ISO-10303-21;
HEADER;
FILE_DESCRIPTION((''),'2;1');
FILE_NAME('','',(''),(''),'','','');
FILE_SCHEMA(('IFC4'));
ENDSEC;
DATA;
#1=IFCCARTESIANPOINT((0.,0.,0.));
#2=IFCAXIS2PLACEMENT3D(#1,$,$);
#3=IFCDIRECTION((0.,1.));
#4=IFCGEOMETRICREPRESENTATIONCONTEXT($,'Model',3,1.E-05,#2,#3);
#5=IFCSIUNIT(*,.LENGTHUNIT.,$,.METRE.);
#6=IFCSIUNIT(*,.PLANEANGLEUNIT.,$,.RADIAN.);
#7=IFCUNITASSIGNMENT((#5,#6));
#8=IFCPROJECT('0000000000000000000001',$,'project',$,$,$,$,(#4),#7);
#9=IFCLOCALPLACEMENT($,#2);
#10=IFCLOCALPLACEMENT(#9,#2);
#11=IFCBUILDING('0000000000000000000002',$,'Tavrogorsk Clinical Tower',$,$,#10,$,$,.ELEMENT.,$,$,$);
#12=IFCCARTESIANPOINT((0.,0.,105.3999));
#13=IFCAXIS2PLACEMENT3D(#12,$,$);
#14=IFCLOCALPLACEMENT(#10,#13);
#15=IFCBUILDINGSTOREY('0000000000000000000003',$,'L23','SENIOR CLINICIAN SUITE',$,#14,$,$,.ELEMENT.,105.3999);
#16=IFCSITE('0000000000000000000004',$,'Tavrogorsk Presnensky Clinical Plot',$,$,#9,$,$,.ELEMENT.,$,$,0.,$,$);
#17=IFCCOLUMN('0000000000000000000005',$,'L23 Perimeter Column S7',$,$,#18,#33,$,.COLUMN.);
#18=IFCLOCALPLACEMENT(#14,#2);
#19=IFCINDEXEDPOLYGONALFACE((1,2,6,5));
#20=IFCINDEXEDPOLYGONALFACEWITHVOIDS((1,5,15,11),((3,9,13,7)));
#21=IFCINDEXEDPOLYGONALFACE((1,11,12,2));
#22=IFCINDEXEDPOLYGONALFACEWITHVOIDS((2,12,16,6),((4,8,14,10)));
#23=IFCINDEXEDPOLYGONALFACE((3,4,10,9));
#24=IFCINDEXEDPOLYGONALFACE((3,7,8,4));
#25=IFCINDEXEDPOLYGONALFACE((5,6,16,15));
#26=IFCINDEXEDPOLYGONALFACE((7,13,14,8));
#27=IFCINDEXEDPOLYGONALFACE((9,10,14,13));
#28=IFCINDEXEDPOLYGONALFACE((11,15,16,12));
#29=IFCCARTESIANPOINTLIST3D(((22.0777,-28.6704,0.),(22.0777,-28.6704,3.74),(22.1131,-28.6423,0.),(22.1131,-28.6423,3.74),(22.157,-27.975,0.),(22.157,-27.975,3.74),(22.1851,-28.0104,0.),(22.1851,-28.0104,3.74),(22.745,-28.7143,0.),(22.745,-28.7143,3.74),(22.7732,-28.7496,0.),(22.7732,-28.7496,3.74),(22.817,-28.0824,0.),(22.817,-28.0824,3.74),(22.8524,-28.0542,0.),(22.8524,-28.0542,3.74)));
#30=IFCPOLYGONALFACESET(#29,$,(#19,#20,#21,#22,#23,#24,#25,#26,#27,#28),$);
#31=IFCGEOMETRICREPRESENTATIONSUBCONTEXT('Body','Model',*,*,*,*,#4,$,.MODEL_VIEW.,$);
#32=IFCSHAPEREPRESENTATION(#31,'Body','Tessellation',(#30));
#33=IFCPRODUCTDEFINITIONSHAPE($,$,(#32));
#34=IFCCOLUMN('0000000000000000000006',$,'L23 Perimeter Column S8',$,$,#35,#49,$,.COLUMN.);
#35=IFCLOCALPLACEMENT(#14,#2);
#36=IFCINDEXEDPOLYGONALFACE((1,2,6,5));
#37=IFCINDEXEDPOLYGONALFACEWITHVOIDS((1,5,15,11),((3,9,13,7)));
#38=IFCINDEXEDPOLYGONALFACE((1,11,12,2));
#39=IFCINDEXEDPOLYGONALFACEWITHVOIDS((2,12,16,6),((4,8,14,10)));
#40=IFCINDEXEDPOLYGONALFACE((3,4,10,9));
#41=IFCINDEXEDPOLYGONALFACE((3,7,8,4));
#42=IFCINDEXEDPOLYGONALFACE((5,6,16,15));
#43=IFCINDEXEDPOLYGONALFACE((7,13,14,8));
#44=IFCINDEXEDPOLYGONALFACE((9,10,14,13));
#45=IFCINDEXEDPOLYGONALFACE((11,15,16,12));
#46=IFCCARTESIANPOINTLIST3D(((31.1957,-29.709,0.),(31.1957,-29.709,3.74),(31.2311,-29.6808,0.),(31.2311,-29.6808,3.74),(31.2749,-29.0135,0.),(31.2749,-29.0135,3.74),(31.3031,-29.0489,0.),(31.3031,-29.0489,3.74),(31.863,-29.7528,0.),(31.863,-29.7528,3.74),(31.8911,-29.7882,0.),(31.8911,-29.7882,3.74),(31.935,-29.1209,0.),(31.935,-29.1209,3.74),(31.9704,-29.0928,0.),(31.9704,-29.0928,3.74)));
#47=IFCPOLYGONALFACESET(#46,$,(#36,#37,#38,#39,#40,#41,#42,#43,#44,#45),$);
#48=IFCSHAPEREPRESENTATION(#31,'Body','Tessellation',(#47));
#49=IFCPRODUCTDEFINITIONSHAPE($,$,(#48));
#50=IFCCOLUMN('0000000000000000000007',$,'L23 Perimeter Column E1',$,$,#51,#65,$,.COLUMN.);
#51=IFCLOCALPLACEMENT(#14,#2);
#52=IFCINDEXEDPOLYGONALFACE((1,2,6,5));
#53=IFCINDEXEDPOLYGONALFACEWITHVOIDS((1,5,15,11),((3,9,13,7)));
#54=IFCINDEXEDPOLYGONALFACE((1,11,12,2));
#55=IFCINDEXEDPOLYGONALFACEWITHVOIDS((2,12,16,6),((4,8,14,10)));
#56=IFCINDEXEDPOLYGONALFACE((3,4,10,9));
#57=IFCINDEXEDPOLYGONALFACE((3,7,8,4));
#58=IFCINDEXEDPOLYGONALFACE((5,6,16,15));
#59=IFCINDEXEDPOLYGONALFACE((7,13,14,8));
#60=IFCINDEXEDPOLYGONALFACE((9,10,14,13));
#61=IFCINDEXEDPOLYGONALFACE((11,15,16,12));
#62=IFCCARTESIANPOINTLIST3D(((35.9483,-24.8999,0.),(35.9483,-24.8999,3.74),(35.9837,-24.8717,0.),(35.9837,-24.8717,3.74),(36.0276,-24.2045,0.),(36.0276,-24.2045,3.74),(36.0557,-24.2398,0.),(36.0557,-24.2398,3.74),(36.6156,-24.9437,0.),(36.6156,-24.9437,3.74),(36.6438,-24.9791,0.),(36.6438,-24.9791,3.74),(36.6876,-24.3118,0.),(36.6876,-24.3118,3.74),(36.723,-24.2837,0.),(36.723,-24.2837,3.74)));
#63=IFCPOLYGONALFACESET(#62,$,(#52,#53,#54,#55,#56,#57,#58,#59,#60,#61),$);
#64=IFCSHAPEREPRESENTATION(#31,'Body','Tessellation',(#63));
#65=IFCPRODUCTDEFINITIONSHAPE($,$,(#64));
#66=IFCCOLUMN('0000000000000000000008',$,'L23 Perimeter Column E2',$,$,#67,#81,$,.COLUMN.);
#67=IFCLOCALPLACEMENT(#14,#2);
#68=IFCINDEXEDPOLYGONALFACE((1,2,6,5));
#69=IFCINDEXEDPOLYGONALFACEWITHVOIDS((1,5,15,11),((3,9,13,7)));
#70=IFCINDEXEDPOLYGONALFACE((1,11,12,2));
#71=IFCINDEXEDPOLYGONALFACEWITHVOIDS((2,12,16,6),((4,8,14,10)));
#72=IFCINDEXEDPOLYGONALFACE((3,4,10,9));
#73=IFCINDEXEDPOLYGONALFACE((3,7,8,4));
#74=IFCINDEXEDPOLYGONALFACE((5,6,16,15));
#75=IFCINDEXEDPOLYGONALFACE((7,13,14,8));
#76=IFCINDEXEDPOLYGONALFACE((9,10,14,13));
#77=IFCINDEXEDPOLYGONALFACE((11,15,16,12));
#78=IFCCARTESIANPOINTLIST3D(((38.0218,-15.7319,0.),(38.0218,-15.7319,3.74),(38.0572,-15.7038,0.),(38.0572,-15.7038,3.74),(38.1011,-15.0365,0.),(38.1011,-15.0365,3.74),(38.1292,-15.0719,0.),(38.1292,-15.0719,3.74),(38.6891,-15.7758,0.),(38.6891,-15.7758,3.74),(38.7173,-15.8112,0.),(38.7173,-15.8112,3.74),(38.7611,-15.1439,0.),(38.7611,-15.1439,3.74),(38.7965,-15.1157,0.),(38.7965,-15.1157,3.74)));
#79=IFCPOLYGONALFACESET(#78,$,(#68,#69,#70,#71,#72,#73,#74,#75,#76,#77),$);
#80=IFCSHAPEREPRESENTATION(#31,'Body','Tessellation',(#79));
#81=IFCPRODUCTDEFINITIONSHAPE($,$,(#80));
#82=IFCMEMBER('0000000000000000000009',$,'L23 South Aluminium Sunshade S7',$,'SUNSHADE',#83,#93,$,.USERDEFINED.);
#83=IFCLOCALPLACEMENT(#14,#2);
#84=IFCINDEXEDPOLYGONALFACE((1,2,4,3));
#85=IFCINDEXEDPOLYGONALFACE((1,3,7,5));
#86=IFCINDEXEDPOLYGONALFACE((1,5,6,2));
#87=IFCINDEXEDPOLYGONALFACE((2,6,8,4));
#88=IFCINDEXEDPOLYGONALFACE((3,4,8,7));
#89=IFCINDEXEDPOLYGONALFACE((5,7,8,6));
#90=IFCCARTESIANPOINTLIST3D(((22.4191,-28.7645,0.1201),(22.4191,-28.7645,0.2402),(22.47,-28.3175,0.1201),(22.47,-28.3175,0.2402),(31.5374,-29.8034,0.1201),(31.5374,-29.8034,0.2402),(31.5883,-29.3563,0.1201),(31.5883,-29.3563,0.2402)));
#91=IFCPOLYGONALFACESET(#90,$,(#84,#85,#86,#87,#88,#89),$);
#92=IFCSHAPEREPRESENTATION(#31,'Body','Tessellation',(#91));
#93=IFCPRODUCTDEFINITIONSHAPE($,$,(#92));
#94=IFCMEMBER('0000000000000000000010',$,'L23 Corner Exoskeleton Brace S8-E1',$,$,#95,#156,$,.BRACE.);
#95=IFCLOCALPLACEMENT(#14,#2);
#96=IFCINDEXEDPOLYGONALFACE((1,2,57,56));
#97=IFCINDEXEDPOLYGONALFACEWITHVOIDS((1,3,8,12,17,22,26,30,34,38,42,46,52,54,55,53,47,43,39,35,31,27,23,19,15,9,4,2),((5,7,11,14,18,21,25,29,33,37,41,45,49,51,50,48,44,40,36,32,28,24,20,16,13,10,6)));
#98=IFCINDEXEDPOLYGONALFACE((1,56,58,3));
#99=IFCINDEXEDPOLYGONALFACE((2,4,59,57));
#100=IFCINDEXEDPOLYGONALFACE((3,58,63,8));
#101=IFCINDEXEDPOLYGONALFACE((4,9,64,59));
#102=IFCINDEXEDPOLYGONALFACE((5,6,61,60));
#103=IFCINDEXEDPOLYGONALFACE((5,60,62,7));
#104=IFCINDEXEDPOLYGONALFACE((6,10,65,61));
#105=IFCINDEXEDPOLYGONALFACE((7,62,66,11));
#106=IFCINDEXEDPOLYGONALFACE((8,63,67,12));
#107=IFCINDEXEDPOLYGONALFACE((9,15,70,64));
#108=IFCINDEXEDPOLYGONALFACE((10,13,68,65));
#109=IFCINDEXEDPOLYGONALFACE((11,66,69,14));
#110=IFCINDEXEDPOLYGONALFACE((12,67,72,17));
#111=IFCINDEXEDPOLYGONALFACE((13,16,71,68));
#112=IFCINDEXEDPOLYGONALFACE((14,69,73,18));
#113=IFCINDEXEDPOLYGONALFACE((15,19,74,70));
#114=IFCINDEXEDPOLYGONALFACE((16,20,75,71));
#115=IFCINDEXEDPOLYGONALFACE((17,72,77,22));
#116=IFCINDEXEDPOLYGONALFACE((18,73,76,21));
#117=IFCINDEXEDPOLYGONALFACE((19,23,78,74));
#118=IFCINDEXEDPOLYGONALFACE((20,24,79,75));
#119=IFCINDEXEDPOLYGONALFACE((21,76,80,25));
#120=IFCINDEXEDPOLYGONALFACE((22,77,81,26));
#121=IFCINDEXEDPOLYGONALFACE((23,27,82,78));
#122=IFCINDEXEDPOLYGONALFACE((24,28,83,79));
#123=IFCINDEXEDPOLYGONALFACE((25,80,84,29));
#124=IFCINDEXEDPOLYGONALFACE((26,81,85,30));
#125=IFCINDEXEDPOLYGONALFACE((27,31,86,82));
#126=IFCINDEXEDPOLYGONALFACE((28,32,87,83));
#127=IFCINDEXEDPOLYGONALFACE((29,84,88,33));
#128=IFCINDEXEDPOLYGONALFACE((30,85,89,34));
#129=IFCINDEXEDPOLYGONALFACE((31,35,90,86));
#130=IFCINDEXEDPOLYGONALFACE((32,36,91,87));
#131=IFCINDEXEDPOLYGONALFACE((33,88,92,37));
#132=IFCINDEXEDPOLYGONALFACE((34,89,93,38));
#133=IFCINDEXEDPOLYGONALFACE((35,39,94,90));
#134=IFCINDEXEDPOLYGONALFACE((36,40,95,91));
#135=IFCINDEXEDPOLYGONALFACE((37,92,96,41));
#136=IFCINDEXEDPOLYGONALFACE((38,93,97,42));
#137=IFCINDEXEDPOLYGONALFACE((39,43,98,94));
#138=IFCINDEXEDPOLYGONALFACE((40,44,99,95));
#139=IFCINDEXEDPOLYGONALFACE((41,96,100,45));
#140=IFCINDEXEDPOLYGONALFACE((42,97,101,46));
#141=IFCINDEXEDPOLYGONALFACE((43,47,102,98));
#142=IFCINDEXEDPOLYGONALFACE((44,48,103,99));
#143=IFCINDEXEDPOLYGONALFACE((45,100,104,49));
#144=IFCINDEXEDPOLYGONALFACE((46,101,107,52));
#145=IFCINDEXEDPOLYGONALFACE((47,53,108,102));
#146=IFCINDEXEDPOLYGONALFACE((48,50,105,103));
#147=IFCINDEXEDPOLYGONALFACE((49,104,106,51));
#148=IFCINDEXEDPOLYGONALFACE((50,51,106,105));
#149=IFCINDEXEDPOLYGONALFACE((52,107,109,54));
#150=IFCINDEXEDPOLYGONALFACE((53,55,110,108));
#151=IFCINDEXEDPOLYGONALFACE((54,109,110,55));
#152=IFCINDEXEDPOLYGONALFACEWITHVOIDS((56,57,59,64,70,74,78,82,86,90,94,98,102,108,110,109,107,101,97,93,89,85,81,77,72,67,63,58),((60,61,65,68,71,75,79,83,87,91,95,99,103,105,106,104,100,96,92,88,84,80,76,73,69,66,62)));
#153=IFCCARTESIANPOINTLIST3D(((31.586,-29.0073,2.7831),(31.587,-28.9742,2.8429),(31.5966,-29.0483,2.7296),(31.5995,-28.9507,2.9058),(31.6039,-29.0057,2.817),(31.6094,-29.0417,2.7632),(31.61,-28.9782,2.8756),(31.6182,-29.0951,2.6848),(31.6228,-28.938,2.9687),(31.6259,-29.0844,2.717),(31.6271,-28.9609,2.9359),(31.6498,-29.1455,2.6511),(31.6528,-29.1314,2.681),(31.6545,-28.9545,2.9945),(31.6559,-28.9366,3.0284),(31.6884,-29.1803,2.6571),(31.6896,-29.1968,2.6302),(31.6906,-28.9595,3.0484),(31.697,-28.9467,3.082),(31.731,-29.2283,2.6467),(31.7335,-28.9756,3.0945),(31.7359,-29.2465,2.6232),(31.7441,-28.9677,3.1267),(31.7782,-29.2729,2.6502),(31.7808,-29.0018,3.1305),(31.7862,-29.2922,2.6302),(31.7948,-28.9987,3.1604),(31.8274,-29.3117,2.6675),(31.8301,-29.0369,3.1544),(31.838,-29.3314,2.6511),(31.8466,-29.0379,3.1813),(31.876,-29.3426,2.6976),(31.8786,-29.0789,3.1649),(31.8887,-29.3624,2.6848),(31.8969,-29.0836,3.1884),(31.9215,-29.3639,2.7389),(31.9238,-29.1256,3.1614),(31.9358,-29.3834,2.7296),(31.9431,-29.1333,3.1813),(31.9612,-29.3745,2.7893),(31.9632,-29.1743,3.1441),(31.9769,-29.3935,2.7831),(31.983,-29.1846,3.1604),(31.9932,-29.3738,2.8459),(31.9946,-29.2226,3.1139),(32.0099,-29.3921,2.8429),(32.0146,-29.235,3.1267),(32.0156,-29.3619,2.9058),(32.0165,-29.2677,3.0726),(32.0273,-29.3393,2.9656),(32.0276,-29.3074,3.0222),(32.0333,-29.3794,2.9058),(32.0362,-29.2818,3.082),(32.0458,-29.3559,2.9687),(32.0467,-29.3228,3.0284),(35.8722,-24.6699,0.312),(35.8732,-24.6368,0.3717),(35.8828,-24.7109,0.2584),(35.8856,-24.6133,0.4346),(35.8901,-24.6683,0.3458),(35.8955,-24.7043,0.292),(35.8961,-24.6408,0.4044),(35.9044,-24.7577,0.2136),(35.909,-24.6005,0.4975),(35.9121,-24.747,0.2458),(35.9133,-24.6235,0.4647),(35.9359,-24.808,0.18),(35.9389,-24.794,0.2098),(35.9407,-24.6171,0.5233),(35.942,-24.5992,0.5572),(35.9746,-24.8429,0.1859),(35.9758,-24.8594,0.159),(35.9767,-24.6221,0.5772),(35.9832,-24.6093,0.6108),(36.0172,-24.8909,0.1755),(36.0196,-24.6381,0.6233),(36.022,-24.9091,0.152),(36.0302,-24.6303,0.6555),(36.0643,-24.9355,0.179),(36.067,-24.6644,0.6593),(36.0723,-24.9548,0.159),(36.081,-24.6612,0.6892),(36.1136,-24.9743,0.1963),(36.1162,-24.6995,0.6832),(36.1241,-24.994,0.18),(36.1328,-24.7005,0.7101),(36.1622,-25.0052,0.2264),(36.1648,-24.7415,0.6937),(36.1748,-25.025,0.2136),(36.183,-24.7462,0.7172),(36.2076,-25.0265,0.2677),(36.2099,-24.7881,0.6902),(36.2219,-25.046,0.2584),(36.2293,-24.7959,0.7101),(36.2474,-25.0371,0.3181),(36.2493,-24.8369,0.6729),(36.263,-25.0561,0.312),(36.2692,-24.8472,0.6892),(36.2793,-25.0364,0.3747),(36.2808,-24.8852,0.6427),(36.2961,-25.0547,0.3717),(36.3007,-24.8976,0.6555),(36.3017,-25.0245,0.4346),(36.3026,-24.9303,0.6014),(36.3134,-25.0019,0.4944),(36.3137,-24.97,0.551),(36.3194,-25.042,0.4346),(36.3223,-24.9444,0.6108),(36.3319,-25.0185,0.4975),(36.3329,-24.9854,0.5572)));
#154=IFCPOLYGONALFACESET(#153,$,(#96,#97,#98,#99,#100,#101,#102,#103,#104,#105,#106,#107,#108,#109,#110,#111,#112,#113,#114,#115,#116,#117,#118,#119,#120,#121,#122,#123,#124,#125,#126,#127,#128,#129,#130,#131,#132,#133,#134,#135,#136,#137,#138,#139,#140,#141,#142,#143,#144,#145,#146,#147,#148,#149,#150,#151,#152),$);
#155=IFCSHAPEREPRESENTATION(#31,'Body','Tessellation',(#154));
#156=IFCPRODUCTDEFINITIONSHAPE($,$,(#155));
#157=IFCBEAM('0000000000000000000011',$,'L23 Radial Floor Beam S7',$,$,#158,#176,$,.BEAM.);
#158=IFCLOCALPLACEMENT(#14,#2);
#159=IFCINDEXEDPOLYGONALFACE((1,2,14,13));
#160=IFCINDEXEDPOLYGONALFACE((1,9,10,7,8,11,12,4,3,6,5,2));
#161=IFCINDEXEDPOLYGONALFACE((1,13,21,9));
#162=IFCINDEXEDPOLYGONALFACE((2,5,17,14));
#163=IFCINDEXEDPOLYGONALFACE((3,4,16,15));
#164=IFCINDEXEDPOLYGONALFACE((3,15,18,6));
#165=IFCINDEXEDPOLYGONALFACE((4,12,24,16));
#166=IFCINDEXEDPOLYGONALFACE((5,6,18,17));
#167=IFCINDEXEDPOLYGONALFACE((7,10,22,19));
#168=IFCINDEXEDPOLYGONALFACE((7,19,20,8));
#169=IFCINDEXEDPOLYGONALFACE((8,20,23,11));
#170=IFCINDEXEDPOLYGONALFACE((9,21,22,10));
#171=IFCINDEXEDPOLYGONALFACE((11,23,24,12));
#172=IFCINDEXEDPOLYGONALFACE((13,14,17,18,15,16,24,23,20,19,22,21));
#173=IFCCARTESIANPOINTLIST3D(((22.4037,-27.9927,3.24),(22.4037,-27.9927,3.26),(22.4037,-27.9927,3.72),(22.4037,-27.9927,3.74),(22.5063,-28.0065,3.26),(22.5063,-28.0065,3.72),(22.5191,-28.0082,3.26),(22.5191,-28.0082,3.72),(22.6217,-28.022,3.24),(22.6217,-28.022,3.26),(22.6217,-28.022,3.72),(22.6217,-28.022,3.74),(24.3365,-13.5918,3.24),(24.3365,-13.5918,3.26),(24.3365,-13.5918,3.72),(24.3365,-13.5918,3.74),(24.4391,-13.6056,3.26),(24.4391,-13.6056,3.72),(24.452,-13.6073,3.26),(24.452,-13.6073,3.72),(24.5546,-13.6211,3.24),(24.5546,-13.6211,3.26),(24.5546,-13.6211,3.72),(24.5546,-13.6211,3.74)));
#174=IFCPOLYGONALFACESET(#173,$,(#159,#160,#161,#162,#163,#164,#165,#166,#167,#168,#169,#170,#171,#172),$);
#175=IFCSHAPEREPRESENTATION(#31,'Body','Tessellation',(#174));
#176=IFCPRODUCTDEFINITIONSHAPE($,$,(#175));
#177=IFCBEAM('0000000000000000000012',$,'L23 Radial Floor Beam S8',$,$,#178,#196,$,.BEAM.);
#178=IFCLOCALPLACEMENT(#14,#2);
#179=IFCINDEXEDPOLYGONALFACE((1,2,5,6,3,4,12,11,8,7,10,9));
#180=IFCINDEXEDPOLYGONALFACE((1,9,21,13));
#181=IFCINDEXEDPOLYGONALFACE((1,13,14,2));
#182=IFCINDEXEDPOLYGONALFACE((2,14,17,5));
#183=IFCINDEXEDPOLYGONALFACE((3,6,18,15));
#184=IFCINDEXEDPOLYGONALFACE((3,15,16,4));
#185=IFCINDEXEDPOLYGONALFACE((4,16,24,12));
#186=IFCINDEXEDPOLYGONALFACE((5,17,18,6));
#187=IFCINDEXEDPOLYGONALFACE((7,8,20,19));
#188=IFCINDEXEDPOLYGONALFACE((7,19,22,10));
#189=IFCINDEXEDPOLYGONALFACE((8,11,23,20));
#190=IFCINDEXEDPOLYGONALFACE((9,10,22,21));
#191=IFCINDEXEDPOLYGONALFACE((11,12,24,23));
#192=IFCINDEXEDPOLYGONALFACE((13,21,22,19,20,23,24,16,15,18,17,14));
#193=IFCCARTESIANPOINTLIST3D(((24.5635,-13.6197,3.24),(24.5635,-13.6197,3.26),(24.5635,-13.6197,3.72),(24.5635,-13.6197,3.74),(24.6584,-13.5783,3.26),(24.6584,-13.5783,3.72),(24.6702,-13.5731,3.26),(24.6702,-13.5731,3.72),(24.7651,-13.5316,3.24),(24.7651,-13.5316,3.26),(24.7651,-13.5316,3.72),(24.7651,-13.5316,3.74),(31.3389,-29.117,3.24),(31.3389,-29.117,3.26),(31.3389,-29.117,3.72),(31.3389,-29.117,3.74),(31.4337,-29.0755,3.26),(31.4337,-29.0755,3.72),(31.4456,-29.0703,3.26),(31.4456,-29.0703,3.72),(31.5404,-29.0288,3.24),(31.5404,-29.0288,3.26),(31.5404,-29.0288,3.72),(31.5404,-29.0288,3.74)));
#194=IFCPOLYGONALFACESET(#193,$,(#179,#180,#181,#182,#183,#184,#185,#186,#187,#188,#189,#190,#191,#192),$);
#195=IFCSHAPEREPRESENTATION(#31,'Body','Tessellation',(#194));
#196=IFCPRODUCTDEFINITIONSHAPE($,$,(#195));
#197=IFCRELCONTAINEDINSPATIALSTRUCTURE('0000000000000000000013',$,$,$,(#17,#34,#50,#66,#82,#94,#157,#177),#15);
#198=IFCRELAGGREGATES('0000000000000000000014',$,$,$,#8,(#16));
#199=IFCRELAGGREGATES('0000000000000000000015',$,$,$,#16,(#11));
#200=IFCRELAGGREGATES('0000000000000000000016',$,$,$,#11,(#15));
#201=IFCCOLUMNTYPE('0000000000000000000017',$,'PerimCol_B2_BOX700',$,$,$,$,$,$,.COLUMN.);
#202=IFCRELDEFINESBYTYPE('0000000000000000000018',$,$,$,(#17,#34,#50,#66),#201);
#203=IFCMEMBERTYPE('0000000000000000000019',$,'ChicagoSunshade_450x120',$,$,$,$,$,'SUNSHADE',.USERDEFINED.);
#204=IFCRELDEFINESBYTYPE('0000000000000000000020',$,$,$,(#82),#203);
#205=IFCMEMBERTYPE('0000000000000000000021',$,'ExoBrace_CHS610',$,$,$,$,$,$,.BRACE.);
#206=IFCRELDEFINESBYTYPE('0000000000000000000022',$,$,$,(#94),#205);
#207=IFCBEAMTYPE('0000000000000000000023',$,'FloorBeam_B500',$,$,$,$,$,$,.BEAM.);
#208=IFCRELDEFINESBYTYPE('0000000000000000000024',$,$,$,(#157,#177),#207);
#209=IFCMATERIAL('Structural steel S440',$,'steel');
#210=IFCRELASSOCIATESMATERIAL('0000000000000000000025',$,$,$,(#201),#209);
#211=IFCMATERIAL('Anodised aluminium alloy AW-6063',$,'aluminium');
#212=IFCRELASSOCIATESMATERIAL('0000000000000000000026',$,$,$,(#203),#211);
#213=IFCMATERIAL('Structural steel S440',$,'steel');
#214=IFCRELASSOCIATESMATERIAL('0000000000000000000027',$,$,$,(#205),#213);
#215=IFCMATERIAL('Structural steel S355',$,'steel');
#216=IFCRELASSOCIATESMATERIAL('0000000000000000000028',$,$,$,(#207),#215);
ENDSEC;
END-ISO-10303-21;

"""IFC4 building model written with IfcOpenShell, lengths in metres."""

from ifc_helpers import new_model, si_unit, direction, frame, origin, origin_2d, place, context, subcontext, project, spatial, rectangle, hollow_rectangle, hollow_circle, i_section, extrude, material, material_profile, profile_set, type_object, element, save


model = new_model("IFC4")

# Units and contexts
model_context = context("Model", 3, precision=1e-05, world=origin(), true_north=direction((0.0, 1.0)))
body_context = subcontext(model_context, "Body", "Model", "MODEL_VIEW")
ifc_project = project(units=[si_unit("LENGTHUNIT", "METRE"), si_unit("PLANEANGLEUNIT", "RADIAN")], contexts=[model_context])

# Site, building, storey
site_placement = place(None, origin())
site = spatial("IfcSite", under=ifc_project, at=site_placement, Name="Tavrogorsk Presnensky Clinical Plot", CompositionType="ELEMENT", RefElevation=0.0)
building_placement = place(site_placement, origin())
building = spatial("IfcBuilding", under=site, at=building_placement, Name="Tavrogorsk Clinical Tower", CompositionType="ELEMENT")
storey_placement = place(building_placement, frame((0.0, 0.0, 105.3999)))
storey = spatial("IfcBuildingStorey", under=building, at=storey_placement, Name="L23", Description="SENIOR CLINICIAN SUITE", CompositionType="ELEMENT", Elevation=105.3999)

# Columns
ifc_material_1 = material(Name="Structural steel S440", Category="steel")
ifc_material_profile_1 = material_profile(ifc_material_1, hollow_rectangle(XDim=0.7, YDim=0.7, WallThickness=0.032, at=origin_2d()), Name="BOX-700x700x32")
ifc_profile_set_1 = profile_set([ifc_material_profile_1], Name="Structural steel S440")
column_type = type_object("IfcColumnType", Name="PerimCol_B2_BOX700", PredefinedType="COLUMN", material=ifc_profile_set_1)
for number, where, z_axis, x_axis, name in (
    (1, (22.4651, -28.3623, 0.0), (0.0, 0.0, 1.0), (0.993572, -0.113203, 0.0), "L23 Perimeter Column S7"),
    (2, (31.583, -29.4009, 0.0), (0.0, 0.0, 1.0), (0.993572, -0.113203, 0.0), "L23 Perimeter Column S8"),
    (3, (36.3357, -24.5918, 0.0), (0.0, 0.0, 1.0), (0.993572, -0.113203, 0.0), "L23 Perimeter Column E1"),
    (4, (38.4092, -15.4238, 0.0), (0.0, 0.0, 1.0), (0.993572, -0.113203, 0.0), "L23 Perimeter Column E2"),
):
    element("IfcColumn", number, at=place(storey_placement, frame(where, z_axis=z_axis, x_axis=x_axis)), inside=storey, type_object=column_type, Name=name, PredefinedType="COLUMN", context=body_context, shape_type="SweptSolid", body=[
        extrude(hollow_rectangle(XDim=0.7, YDim=0.7, WallThickness=0.032, at=origin_2d()), origin(), (0.0, 0.0, 1.0), 3.74),
    ])

# Members
ifc_material_2 = material(Name="Anodised aluminium alloy AW-6063", Category="aluminium")
ifc_material_profile_2 = material_profile(ifc_material_2, rectangle(XDim=0.45, YDim=0.1201, at=origin_2d()), Name="ALU-SUNSHADE-450x120")
ifc_profile_set_2 = profile_set([ifc_material_profile_2], Name="Anodised aluminium alloy AW-6063")
member_type_1 = type_object("IfcMemberType", Name="ChicagoSunshade_450x120", ElementType="SUNSHADE", PredefinedType="USERDEFINED", material=ifc_profile_set_2)
member_1_placement = place(storey_placement, frame((22.4446, -28.541, 0.1802), z_axis=(0.993573, -0.113196, 0.0), x_axis=(0.113196, 0.993573, 0.0)))
element("IfcMember", 5, at=member_1_placement, inside=storey, type_object=member_type_1, Name="L23 South Aluminium Sunshade S7", ObjectType="SUNSHADE", PredefinedType="USERDEFINED", context=body_context, shape_type="SweptSolid", body=[
    extrude(rectangle(XDim=0.45, YDim=0.1201, at=origin_2d()), origin(), (0.0, 0.0, 1.0), 9.1772),
])
ifc_material_3 = material(Name="Structural steel S440", Category="steel")
ifc_material_profile_3 = material_profile(ifc_material_3, hollow_circle(Radius=0.3049, WallThickness=0.0249, at=origin_2d()), Name="CHS-610x25")
ifc_profile_set_3 = profile_set([ifc_material_profile_3], Name="Structural steel S440")
member_type_2 = type_object("IfcMemberType", Name="ExoBrace_CHS610", PredefinedType="BRACE", material=ifc_profile_set_3)
member_2_placement = place(storey_placement, frame((36.1025, -24.8276, 0.4346), z_axis=(-0.65143, -0.659222, 0.375585), x_axis=(0.711298, -0.70289, 0.0)))
element("IfcMember", 6, at=member_2_placement, inside=storey, type_object=member_type_2, Name="L23 Corner Exoskeleton Brace S8-E1", PredefinedType="BRACE", context=body_context, shape_type="SweptSolid", body=[
    extrude(hollow_circle(Radius=0.3049, WallThickness=0.0249, at=origin_2d()), origin(), (0.0, 0.0, 1.0), 6.5796),
])

# Beams
ifc_material_4 = material(Name="Structural steel S355", Category="steel")
ifc_material_profile_4 = material_profile(ifc_material_4, i_section(OverallWidth=0.22, OverallDepth=0.5, WebThickness=0.0129, FlangeThickness=0.02, at=origin_2d()), Name="B-500x220x13x20")
ifc_profile_set_4 = profile_set([ifc_material_profile_4], Name="Structural steel S355")
beam_type_1 = type_object("IfcBeamType", Name="FloorBeam_B500", PredefinedType="BEAM", material=ifc_profile_set_4)
beam_1_placement = place(storey_placement, frame((24.4456, -13.6064, 3.49), z_axis=(-0.133025, -0.991113, 0.0), x_axis=(0.991113, -0.133025, 0.0)))
element("IfcBeam", 7, at=beam_1_placement, inside=storey, type_object=beam_type_1, Name="L23 Radial Floor Beam S7", PredefinedType="BEAM", context=body_context, shape_type="SweptSolid", body=[
    extrude(i_section(OverallWidth=0.22, OverallDepth=0.5, WebThickness=0.0129, FlangeThickness=0.02, at=origin_2d()), origin(), (0.0, 0.0, 1.0), 14.53),
])
beam_2_placement = place(storey_placement, frame((24.6643, -13.5757, 3.49), z_axis=(0.400586, -0.916259, 0.0), x_axis=(0.916259, 0.400586, 0.0)))
element("IfcBeam", 8, at=beam_2_placement, inside=storey, type_object=beam_type_1, Name="L23 Radial Floor Beam S8", PredefinedType="BEAM", context=body_context, shape_type="SweptSolid", body=[
    extrude(i_section(OverallWidth=0.22, OverallDepth=0.5, WebThickness=0.0129, FlangeThickness=0.02, at=origin_2d()), origin(), (0.0, 0.0, 1.0), 16.9136),
])

save(model, "model.ifc")
